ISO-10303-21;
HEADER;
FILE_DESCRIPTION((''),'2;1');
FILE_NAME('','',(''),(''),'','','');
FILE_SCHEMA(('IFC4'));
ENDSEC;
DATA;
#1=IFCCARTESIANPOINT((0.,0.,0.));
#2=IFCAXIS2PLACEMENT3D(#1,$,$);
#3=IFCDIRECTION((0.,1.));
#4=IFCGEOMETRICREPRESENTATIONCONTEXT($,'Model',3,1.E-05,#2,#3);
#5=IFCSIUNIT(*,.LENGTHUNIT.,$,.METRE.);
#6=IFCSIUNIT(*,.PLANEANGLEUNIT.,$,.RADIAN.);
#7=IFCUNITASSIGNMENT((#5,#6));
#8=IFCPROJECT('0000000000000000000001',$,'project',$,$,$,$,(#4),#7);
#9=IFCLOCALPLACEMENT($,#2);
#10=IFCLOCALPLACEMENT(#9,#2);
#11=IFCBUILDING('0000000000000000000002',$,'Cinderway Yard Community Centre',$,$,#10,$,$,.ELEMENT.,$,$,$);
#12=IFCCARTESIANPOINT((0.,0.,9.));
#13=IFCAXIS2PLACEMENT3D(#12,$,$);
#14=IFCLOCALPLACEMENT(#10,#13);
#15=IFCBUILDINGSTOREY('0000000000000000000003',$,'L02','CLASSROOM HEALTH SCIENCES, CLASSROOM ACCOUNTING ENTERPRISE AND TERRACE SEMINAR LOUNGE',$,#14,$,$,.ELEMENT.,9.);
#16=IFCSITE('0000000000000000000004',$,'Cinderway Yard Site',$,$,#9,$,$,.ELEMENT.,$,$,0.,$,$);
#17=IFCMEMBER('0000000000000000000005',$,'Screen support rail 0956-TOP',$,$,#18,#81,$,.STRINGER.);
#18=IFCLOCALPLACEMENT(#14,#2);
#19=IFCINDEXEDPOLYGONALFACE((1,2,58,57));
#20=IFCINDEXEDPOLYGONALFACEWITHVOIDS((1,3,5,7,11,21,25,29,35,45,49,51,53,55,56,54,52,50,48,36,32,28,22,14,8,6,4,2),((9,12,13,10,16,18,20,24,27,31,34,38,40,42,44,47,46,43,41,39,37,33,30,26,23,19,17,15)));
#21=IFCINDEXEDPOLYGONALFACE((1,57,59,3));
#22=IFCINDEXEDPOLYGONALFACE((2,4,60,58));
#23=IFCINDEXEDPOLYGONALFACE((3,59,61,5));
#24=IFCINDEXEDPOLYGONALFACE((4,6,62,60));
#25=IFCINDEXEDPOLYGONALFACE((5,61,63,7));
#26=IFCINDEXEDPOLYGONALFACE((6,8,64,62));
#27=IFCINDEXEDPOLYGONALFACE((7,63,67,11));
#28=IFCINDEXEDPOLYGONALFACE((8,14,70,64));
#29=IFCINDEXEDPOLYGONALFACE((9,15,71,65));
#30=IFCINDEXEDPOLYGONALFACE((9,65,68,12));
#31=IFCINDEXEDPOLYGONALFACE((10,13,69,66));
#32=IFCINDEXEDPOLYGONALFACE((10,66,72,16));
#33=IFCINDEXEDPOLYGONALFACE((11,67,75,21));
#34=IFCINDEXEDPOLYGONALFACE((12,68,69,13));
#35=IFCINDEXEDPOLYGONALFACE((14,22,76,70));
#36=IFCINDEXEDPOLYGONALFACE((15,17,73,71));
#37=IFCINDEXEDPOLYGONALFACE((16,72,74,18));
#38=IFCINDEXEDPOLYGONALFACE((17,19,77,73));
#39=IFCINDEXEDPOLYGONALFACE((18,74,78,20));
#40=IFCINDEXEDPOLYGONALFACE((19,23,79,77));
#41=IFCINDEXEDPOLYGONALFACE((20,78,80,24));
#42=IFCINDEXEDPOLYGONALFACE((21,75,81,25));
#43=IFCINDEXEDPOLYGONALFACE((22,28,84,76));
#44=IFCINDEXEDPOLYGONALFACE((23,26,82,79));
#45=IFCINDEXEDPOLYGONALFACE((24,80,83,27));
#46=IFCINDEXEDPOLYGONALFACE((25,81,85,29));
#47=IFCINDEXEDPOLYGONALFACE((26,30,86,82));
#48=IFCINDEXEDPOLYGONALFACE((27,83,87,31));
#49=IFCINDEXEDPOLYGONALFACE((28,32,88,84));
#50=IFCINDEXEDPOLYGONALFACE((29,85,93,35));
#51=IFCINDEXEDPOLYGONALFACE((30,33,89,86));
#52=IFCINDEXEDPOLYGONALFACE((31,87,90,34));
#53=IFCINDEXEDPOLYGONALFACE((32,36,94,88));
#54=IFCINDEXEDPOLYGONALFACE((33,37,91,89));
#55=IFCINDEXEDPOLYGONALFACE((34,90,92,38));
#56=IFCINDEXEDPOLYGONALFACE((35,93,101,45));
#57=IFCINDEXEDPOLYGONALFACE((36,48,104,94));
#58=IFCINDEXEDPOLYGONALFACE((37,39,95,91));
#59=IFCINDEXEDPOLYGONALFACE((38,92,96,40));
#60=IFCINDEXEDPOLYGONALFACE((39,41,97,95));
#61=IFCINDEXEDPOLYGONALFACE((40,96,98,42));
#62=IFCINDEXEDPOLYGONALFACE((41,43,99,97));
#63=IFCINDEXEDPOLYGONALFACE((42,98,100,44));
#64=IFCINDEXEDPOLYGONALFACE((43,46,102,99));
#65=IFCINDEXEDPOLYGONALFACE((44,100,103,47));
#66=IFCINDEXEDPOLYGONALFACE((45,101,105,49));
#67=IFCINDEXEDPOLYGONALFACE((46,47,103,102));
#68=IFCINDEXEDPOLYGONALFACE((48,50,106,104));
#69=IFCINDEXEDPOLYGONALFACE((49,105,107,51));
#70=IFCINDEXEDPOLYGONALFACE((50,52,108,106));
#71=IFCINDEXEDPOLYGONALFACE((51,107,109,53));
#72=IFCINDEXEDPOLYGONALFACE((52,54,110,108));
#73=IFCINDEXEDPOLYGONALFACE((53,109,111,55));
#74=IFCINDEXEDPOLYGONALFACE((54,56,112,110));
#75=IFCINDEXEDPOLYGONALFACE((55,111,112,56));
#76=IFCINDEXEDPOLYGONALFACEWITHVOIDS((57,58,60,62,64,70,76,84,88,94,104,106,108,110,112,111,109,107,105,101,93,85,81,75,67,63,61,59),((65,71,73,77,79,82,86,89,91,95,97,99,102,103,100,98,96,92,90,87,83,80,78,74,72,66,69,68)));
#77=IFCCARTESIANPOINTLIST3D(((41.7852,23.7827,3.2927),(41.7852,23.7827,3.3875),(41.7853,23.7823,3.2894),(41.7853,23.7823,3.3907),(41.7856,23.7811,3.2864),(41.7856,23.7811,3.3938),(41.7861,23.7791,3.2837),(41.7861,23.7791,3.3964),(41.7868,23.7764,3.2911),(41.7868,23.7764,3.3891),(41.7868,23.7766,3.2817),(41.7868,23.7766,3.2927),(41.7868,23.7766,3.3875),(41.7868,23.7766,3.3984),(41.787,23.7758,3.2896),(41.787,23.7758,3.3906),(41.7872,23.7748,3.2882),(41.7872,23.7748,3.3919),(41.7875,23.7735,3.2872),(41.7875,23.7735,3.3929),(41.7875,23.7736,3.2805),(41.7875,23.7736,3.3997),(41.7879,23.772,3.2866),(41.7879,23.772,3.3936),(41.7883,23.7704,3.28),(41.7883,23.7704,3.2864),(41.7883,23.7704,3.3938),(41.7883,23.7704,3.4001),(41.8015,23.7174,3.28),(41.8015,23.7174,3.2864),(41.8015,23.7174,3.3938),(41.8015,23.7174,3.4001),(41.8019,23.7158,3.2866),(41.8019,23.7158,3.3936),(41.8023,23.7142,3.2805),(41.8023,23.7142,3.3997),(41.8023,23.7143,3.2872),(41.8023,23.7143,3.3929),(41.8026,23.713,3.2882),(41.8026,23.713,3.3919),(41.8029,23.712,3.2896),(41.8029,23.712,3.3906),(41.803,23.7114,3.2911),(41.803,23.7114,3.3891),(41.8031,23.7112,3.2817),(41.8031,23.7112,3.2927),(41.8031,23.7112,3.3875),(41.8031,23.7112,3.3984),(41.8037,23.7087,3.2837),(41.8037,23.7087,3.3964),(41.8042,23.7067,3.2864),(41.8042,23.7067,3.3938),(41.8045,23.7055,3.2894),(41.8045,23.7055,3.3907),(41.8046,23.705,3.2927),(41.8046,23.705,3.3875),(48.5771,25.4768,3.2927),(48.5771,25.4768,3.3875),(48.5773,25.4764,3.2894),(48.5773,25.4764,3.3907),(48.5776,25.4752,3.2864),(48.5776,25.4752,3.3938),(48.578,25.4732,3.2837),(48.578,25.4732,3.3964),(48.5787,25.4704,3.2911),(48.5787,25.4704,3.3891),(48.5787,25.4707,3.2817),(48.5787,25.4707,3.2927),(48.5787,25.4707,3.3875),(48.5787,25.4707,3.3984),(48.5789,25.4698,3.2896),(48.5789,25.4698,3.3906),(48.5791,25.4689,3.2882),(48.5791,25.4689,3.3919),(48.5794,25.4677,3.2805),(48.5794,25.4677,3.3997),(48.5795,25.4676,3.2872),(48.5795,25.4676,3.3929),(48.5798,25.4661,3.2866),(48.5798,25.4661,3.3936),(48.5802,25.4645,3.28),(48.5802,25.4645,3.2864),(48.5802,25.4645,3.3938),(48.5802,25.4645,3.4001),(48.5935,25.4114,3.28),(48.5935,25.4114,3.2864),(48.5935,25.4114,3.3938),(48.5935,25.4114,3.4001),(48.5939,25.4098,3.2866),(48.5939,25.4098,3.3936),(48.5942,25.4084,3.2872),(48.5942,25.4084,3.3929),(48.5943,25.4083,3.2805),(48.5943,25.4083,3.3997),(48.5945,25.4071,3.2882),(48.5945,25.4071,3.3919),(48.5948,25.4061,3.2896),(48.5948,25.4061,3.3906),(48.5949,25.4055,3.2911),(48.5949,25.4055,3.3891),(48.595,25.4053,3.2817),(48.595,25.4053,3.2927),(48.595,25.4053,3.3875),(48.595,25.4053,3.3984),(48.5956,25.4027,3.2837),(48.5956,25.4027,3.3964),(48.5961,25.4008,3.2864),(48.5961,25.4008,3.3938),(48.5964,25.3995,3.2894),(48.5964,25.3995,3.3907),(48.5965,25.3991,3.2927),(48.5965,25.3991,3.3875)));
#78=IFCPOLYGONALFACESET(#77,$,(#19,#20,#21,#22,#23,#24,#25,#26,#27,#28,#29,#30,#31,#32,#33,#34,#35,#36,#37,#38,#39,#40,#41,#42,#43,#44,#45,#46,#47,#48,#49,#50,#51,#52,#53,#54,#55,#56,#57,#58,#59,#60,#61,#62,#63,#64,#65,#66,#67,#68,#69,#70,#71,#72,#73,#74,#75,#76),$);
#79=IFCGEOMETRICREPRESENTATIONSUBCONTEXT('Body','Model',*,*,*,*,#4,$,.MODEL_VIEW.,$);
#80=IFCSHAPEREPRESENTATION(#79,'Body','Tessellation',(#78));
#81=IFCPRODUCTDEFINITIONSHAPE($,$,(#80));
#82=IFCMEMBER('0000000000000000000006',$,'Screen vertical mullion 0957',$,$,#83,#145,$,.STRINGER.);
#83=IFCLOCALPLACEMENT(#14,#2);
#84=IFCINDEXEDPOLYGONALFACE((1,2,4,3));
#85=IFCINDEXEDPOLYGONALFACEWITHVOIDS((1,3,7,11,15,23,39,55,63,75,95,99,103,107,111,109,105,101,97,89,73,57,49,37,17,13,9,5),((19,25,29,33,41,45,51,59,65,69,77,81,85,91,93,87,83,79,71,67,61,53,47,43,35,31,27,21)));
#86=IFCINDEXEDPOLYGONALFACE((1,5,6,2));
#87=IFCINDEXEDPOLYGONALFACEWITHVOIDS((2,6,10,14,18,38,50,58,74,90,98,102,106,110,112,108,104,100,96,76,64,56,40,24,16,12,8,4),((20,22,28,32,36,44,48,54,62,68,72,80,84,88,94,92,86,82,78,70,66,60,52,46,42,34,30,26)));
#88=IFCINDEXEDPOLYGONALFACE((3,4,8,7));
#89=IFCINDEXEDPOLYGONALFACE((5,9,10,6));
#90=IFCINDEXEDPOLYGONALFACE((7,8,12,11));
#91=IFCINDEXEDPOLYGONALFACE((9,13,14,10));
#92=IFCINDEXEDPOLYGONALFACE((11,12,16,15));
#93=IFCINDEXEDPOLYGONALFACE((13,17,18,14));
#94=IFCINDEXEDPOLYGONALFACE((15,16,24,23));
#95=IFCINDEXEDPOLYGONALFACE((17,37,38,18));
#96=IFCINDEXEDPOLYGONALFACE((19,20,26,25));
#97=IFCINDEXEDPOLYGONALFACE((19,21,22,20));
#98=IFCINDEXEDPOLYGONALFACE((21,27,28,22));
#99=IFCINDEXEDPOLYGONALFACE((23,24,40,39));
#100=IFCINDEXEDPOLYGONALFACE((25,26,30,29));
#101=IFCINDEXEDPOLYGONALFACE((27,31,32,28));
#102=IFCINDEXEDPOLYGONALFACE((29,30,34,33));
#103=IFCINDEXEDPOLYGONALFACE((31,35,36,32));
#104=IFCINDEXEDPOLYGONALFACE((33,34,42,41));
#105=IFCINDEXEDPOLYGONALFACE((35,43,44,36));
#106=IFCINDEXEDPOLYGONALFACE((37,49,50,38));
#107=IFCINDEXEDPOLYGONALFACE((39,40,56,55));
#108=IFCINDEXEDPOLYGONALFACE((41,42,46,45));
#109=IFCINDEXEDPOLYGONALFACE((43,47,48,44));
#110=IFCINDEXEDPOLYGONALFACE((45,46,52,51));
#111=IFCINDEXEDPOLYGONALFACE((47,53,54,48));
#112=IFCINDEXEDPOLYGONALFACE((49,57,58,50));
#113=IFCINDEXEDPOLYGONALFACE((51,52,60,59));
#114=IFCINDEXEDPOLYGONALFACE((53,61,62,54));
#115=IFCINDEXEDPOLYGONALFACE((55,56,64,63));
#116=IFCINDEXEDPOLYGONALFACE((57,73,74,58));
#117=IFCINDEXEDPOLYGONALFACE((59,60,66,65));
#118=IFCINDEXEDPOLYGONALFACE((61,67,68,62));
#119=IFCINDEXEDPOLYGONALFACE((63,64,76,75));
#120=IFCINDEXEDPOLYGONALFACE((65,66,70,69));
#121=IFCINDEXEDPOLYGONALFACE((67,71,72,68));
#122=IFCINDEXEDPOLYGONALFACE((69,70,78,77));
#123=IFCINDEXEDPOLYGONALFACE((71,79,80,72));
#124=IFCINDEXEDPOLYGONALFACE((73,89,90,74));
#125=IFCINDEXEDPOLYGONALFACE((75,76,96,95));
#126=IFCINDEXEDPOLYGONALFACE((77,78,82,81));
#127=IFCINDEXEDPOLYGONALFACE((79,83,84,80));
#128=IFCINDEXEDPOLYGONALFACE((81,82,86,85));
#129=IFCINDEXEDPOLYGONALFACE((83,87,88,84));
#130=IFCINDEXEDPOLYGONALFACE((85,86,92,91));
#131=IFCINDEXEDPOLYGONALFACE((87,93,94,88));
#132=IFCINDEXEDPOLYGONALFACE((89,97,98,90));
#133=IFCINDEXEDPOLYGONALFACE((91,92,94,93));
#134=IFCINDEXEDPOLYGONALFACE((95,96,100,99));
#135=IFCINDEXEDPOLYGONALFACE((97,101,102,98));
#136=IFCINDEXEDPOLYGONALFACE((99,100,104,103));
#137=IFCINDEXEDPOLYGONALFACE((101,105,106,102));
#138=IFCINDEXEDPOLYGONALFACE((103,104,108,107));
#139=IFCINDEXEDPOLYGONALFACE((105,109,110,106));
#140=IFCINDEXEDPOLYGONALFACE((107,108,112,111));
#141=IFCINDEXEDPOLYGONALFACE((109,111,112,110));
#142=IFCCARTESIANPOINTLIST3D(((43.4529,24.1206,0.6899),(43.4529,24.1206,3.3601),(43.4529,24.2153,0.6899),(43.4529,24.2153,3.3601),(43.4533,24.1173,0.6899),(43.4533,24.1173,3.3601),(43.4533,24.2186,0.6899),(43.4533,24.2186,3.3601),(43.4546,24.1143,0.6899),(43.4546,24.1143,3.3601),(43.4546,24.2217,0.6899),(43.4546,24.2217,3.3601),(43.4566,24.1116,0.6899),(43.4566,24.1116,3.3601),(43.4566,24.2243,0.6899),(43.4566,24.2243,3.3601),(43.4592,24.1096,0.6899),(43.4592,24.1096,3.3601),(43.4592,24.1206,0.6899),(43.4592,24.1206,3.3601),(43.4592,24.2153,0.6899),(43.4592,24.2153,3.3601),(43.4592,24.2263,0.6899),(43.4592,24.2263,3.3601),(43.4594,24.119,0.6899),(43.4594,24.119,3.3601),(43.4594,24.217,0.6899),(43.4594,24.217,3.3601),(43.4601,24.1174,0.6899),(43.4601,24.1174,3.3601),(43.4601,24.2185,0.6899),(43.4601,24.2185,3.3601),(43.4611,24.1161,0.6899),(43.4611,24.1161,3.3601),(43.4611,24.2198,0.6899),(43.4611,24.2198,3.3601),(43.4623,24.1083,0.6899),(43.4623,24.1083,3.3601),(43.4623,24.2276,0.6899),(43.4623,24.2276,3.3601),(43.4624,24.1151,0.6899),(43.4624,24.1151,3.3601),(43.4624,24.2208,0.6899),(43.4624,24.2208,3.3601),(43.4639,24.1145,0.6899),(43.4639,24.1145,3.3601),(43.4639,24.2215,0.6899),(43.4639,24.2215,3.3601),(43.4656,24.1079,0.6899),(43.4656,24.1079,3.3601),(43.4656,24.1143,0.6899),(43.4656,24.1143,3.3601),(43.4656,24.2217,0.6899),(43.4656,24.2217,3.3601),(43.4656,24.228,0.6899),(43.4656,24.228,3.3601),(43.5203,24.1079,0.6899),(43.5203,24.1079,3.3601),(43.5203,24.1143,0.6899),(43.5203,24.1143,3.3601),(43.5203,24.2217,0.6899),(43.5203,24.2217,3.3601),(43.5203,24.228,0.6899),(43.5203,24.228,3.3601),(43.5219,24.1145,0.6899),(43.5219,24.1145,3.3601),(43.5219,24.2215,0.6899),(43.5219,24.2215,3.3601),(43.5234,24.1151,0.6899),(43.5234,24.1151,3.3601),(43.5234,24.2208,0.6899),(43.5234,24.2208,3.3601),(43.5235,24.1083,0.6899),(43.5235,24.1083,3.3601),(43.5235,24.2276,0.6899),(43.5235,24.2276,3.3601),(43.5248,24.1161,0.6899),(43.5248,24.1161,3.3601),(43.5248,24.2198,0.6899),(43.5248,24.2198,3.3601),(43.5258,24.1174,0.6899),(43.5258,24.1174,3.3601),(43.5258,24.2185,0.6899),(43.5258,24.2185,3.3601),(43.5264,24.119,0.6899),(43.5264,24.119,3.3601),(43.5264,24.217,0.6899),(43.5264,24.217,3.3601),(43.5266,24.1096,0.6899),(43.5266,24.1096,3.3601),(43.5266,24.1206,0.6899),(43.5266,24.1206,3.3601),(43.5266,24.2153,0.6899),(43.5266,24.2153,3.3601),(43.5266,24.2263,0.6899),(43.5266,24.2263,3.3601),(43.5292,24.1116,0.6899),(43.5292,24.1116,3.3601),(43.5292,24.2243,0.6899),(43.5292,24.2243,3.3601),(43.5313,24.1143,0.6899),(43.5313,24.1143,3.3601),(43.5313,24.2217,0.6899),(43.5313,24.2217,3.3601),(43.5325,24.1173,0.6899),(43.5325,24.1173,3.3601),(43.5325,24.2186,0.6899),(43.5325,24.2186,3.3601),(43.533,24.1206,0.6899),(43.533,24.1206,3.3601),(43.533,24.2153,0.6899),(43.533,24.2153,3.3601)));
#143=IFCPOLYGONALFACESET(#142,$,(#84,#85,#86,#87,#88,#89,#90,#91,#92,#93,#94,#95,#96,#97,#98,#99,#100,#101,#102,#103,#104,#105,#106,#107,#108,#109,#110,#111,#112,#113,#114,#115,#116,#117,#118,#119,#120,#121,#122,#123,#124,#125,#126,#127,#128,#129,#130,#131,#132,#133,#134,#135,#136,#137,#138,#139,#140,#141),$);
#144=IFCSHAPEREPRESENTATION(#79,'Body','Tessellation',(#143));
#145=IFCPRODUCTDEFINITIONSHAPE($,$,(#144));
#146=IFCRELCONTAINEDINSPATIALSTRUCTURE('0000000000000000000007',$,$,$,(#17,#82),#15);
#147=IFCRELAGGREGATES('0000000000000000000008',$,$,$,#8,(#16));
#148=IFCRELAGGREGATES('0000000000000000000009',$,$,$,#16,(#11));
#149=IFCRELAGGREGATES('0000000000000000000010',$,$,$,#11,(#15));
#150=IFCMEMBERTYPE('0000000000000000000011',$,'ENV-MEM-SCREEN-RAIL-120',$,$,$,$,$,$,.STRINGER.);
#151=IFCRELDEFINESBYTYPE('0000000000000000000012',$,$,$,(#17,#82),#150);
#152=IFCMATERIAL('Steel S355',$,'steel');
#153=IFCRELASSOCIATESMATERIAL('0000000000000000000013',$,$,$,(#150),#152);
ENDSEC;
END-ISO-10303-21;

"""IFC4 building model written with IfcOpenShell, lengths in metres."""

from ifc_helpers import new_model, si_unit, direction, frame, origin, origin_2d, place, context, subcontext, project, spatial, hollow_rectangle, extrude, material, material_profile, profile_set, type_object, element, save


model = new_model("IFC4")

# Units and contexts
model_context = context("Model", 3, precision=1e-05, world=origin(), true_north=direction((0.0, 1.0)))
body_context = subcontext(model_context, "Body", "Model", "MODEL_VIEW")
ifc_project = project(units=[si_unit("LENGTHUNIT", "METRE"), si_unit("PLANEANGLEUNIT", "RADIAN")], contexts=[model_context])

# Site, building, storey
site_placement = place(None, origin())
site = spatial("IfcSite", under=ifc_project, at=site_placement, Name="Cinderway Yard Site", CompositionType="ELEMENT", RefElevation=0.0)
building_placement = place(site_placement, origin())
building = spatial("IfcBuilding", under=site, at=building_placement, Name="Cinderway Yard Community Centre", CompositionType="ELEMENT")
storey_placement = place(building_placement, frame((0.0, 0.0, 9.0)))
storey = spatial("IfcBuildingStorey", under=building, at=storey_placement, Name="L02", Description="CLASSROOM HEALTH SCIENCES, CLASSROOM ACCOUNTING ENTERPRISE AND TERRACE SEMINAR LOUNGE", CompositionType="ELEMENT", Elevation=9.0)

# Members
ifc_material_1 = material(Name="Steel S355", Category="steel")
ifc_material_profile_1 = material_profile(ifc_material_1, hollow_rectangle(XDim=0.0801, YDim=0.1201, WallThickness=0.0063, InnerFilletRadius=0.0063, OuterFilletRadius=0.0127, at=origin_2d()), Name="Steel S355")
ifc_profile_set_1 = profile_set([ifc_material_profile_1], Name="Steel S355")
member_type_1 = type_object("IfcMemberType", Name="ENV-MEM-SCREEN-RAIL-120", PredefinedType="STRINGER", material=ifc_profile_set_1)
for number, where, z_axis, x_axis, name in (
    (1, (41.7949, 23.7439, 3.3401), (0.970274, 0.24201, 0.0), (-0.24201, 0.970274, 0.0), "Screen support rail 0956-TOP"),
):
    element("IfcMember", number, at=place(storey_placement, frame(where, z_axis=z_axis, x_axis=x_axis)), inside=storey, type_object=member_type_1, Name=name, PredefinedType="STRINGER", context=body_context, shape_type="SweptSolid", body=[
        extrude(hollow_rectangle(XDim=0.0801, YDim=0.1201, WallThickness=0.0063, InnerFilletRadius=0.0063, OuterFilletRadius=0.0127, at=origin_2d()), origin(), (0.0, 0.0, 1.0), 7.0),
    ])
for number, where, z_axis, x_axis, name in (
    (2, (43.4929, 24.168, 0.6899), (0.0, 0.0, 1.0), (1.0, 0.0, 0.0), "Screen vertical mullion 0957"),
):
    element("IfcMember", number, at=place(storey_placement, frame(where, z_axis=z_axis, x_axis=x_axis)), inside=storey, type_object=member_type_1, Name=name, PredefinedType="STRINGER", context=body_context, shape_type="SweptSolid", body=[
        extrude(hollow_rectangle(XDim=0.0801, YDim=0.1201, WallThickness=0.0063, InnerFilletRadius=0.0063, OuterFilletRadius=0.0127, at=origin_2d()), origin(), (0.0, 0.0, 1.0), 2.6702),
    ])

save(model, "model.ifc")
